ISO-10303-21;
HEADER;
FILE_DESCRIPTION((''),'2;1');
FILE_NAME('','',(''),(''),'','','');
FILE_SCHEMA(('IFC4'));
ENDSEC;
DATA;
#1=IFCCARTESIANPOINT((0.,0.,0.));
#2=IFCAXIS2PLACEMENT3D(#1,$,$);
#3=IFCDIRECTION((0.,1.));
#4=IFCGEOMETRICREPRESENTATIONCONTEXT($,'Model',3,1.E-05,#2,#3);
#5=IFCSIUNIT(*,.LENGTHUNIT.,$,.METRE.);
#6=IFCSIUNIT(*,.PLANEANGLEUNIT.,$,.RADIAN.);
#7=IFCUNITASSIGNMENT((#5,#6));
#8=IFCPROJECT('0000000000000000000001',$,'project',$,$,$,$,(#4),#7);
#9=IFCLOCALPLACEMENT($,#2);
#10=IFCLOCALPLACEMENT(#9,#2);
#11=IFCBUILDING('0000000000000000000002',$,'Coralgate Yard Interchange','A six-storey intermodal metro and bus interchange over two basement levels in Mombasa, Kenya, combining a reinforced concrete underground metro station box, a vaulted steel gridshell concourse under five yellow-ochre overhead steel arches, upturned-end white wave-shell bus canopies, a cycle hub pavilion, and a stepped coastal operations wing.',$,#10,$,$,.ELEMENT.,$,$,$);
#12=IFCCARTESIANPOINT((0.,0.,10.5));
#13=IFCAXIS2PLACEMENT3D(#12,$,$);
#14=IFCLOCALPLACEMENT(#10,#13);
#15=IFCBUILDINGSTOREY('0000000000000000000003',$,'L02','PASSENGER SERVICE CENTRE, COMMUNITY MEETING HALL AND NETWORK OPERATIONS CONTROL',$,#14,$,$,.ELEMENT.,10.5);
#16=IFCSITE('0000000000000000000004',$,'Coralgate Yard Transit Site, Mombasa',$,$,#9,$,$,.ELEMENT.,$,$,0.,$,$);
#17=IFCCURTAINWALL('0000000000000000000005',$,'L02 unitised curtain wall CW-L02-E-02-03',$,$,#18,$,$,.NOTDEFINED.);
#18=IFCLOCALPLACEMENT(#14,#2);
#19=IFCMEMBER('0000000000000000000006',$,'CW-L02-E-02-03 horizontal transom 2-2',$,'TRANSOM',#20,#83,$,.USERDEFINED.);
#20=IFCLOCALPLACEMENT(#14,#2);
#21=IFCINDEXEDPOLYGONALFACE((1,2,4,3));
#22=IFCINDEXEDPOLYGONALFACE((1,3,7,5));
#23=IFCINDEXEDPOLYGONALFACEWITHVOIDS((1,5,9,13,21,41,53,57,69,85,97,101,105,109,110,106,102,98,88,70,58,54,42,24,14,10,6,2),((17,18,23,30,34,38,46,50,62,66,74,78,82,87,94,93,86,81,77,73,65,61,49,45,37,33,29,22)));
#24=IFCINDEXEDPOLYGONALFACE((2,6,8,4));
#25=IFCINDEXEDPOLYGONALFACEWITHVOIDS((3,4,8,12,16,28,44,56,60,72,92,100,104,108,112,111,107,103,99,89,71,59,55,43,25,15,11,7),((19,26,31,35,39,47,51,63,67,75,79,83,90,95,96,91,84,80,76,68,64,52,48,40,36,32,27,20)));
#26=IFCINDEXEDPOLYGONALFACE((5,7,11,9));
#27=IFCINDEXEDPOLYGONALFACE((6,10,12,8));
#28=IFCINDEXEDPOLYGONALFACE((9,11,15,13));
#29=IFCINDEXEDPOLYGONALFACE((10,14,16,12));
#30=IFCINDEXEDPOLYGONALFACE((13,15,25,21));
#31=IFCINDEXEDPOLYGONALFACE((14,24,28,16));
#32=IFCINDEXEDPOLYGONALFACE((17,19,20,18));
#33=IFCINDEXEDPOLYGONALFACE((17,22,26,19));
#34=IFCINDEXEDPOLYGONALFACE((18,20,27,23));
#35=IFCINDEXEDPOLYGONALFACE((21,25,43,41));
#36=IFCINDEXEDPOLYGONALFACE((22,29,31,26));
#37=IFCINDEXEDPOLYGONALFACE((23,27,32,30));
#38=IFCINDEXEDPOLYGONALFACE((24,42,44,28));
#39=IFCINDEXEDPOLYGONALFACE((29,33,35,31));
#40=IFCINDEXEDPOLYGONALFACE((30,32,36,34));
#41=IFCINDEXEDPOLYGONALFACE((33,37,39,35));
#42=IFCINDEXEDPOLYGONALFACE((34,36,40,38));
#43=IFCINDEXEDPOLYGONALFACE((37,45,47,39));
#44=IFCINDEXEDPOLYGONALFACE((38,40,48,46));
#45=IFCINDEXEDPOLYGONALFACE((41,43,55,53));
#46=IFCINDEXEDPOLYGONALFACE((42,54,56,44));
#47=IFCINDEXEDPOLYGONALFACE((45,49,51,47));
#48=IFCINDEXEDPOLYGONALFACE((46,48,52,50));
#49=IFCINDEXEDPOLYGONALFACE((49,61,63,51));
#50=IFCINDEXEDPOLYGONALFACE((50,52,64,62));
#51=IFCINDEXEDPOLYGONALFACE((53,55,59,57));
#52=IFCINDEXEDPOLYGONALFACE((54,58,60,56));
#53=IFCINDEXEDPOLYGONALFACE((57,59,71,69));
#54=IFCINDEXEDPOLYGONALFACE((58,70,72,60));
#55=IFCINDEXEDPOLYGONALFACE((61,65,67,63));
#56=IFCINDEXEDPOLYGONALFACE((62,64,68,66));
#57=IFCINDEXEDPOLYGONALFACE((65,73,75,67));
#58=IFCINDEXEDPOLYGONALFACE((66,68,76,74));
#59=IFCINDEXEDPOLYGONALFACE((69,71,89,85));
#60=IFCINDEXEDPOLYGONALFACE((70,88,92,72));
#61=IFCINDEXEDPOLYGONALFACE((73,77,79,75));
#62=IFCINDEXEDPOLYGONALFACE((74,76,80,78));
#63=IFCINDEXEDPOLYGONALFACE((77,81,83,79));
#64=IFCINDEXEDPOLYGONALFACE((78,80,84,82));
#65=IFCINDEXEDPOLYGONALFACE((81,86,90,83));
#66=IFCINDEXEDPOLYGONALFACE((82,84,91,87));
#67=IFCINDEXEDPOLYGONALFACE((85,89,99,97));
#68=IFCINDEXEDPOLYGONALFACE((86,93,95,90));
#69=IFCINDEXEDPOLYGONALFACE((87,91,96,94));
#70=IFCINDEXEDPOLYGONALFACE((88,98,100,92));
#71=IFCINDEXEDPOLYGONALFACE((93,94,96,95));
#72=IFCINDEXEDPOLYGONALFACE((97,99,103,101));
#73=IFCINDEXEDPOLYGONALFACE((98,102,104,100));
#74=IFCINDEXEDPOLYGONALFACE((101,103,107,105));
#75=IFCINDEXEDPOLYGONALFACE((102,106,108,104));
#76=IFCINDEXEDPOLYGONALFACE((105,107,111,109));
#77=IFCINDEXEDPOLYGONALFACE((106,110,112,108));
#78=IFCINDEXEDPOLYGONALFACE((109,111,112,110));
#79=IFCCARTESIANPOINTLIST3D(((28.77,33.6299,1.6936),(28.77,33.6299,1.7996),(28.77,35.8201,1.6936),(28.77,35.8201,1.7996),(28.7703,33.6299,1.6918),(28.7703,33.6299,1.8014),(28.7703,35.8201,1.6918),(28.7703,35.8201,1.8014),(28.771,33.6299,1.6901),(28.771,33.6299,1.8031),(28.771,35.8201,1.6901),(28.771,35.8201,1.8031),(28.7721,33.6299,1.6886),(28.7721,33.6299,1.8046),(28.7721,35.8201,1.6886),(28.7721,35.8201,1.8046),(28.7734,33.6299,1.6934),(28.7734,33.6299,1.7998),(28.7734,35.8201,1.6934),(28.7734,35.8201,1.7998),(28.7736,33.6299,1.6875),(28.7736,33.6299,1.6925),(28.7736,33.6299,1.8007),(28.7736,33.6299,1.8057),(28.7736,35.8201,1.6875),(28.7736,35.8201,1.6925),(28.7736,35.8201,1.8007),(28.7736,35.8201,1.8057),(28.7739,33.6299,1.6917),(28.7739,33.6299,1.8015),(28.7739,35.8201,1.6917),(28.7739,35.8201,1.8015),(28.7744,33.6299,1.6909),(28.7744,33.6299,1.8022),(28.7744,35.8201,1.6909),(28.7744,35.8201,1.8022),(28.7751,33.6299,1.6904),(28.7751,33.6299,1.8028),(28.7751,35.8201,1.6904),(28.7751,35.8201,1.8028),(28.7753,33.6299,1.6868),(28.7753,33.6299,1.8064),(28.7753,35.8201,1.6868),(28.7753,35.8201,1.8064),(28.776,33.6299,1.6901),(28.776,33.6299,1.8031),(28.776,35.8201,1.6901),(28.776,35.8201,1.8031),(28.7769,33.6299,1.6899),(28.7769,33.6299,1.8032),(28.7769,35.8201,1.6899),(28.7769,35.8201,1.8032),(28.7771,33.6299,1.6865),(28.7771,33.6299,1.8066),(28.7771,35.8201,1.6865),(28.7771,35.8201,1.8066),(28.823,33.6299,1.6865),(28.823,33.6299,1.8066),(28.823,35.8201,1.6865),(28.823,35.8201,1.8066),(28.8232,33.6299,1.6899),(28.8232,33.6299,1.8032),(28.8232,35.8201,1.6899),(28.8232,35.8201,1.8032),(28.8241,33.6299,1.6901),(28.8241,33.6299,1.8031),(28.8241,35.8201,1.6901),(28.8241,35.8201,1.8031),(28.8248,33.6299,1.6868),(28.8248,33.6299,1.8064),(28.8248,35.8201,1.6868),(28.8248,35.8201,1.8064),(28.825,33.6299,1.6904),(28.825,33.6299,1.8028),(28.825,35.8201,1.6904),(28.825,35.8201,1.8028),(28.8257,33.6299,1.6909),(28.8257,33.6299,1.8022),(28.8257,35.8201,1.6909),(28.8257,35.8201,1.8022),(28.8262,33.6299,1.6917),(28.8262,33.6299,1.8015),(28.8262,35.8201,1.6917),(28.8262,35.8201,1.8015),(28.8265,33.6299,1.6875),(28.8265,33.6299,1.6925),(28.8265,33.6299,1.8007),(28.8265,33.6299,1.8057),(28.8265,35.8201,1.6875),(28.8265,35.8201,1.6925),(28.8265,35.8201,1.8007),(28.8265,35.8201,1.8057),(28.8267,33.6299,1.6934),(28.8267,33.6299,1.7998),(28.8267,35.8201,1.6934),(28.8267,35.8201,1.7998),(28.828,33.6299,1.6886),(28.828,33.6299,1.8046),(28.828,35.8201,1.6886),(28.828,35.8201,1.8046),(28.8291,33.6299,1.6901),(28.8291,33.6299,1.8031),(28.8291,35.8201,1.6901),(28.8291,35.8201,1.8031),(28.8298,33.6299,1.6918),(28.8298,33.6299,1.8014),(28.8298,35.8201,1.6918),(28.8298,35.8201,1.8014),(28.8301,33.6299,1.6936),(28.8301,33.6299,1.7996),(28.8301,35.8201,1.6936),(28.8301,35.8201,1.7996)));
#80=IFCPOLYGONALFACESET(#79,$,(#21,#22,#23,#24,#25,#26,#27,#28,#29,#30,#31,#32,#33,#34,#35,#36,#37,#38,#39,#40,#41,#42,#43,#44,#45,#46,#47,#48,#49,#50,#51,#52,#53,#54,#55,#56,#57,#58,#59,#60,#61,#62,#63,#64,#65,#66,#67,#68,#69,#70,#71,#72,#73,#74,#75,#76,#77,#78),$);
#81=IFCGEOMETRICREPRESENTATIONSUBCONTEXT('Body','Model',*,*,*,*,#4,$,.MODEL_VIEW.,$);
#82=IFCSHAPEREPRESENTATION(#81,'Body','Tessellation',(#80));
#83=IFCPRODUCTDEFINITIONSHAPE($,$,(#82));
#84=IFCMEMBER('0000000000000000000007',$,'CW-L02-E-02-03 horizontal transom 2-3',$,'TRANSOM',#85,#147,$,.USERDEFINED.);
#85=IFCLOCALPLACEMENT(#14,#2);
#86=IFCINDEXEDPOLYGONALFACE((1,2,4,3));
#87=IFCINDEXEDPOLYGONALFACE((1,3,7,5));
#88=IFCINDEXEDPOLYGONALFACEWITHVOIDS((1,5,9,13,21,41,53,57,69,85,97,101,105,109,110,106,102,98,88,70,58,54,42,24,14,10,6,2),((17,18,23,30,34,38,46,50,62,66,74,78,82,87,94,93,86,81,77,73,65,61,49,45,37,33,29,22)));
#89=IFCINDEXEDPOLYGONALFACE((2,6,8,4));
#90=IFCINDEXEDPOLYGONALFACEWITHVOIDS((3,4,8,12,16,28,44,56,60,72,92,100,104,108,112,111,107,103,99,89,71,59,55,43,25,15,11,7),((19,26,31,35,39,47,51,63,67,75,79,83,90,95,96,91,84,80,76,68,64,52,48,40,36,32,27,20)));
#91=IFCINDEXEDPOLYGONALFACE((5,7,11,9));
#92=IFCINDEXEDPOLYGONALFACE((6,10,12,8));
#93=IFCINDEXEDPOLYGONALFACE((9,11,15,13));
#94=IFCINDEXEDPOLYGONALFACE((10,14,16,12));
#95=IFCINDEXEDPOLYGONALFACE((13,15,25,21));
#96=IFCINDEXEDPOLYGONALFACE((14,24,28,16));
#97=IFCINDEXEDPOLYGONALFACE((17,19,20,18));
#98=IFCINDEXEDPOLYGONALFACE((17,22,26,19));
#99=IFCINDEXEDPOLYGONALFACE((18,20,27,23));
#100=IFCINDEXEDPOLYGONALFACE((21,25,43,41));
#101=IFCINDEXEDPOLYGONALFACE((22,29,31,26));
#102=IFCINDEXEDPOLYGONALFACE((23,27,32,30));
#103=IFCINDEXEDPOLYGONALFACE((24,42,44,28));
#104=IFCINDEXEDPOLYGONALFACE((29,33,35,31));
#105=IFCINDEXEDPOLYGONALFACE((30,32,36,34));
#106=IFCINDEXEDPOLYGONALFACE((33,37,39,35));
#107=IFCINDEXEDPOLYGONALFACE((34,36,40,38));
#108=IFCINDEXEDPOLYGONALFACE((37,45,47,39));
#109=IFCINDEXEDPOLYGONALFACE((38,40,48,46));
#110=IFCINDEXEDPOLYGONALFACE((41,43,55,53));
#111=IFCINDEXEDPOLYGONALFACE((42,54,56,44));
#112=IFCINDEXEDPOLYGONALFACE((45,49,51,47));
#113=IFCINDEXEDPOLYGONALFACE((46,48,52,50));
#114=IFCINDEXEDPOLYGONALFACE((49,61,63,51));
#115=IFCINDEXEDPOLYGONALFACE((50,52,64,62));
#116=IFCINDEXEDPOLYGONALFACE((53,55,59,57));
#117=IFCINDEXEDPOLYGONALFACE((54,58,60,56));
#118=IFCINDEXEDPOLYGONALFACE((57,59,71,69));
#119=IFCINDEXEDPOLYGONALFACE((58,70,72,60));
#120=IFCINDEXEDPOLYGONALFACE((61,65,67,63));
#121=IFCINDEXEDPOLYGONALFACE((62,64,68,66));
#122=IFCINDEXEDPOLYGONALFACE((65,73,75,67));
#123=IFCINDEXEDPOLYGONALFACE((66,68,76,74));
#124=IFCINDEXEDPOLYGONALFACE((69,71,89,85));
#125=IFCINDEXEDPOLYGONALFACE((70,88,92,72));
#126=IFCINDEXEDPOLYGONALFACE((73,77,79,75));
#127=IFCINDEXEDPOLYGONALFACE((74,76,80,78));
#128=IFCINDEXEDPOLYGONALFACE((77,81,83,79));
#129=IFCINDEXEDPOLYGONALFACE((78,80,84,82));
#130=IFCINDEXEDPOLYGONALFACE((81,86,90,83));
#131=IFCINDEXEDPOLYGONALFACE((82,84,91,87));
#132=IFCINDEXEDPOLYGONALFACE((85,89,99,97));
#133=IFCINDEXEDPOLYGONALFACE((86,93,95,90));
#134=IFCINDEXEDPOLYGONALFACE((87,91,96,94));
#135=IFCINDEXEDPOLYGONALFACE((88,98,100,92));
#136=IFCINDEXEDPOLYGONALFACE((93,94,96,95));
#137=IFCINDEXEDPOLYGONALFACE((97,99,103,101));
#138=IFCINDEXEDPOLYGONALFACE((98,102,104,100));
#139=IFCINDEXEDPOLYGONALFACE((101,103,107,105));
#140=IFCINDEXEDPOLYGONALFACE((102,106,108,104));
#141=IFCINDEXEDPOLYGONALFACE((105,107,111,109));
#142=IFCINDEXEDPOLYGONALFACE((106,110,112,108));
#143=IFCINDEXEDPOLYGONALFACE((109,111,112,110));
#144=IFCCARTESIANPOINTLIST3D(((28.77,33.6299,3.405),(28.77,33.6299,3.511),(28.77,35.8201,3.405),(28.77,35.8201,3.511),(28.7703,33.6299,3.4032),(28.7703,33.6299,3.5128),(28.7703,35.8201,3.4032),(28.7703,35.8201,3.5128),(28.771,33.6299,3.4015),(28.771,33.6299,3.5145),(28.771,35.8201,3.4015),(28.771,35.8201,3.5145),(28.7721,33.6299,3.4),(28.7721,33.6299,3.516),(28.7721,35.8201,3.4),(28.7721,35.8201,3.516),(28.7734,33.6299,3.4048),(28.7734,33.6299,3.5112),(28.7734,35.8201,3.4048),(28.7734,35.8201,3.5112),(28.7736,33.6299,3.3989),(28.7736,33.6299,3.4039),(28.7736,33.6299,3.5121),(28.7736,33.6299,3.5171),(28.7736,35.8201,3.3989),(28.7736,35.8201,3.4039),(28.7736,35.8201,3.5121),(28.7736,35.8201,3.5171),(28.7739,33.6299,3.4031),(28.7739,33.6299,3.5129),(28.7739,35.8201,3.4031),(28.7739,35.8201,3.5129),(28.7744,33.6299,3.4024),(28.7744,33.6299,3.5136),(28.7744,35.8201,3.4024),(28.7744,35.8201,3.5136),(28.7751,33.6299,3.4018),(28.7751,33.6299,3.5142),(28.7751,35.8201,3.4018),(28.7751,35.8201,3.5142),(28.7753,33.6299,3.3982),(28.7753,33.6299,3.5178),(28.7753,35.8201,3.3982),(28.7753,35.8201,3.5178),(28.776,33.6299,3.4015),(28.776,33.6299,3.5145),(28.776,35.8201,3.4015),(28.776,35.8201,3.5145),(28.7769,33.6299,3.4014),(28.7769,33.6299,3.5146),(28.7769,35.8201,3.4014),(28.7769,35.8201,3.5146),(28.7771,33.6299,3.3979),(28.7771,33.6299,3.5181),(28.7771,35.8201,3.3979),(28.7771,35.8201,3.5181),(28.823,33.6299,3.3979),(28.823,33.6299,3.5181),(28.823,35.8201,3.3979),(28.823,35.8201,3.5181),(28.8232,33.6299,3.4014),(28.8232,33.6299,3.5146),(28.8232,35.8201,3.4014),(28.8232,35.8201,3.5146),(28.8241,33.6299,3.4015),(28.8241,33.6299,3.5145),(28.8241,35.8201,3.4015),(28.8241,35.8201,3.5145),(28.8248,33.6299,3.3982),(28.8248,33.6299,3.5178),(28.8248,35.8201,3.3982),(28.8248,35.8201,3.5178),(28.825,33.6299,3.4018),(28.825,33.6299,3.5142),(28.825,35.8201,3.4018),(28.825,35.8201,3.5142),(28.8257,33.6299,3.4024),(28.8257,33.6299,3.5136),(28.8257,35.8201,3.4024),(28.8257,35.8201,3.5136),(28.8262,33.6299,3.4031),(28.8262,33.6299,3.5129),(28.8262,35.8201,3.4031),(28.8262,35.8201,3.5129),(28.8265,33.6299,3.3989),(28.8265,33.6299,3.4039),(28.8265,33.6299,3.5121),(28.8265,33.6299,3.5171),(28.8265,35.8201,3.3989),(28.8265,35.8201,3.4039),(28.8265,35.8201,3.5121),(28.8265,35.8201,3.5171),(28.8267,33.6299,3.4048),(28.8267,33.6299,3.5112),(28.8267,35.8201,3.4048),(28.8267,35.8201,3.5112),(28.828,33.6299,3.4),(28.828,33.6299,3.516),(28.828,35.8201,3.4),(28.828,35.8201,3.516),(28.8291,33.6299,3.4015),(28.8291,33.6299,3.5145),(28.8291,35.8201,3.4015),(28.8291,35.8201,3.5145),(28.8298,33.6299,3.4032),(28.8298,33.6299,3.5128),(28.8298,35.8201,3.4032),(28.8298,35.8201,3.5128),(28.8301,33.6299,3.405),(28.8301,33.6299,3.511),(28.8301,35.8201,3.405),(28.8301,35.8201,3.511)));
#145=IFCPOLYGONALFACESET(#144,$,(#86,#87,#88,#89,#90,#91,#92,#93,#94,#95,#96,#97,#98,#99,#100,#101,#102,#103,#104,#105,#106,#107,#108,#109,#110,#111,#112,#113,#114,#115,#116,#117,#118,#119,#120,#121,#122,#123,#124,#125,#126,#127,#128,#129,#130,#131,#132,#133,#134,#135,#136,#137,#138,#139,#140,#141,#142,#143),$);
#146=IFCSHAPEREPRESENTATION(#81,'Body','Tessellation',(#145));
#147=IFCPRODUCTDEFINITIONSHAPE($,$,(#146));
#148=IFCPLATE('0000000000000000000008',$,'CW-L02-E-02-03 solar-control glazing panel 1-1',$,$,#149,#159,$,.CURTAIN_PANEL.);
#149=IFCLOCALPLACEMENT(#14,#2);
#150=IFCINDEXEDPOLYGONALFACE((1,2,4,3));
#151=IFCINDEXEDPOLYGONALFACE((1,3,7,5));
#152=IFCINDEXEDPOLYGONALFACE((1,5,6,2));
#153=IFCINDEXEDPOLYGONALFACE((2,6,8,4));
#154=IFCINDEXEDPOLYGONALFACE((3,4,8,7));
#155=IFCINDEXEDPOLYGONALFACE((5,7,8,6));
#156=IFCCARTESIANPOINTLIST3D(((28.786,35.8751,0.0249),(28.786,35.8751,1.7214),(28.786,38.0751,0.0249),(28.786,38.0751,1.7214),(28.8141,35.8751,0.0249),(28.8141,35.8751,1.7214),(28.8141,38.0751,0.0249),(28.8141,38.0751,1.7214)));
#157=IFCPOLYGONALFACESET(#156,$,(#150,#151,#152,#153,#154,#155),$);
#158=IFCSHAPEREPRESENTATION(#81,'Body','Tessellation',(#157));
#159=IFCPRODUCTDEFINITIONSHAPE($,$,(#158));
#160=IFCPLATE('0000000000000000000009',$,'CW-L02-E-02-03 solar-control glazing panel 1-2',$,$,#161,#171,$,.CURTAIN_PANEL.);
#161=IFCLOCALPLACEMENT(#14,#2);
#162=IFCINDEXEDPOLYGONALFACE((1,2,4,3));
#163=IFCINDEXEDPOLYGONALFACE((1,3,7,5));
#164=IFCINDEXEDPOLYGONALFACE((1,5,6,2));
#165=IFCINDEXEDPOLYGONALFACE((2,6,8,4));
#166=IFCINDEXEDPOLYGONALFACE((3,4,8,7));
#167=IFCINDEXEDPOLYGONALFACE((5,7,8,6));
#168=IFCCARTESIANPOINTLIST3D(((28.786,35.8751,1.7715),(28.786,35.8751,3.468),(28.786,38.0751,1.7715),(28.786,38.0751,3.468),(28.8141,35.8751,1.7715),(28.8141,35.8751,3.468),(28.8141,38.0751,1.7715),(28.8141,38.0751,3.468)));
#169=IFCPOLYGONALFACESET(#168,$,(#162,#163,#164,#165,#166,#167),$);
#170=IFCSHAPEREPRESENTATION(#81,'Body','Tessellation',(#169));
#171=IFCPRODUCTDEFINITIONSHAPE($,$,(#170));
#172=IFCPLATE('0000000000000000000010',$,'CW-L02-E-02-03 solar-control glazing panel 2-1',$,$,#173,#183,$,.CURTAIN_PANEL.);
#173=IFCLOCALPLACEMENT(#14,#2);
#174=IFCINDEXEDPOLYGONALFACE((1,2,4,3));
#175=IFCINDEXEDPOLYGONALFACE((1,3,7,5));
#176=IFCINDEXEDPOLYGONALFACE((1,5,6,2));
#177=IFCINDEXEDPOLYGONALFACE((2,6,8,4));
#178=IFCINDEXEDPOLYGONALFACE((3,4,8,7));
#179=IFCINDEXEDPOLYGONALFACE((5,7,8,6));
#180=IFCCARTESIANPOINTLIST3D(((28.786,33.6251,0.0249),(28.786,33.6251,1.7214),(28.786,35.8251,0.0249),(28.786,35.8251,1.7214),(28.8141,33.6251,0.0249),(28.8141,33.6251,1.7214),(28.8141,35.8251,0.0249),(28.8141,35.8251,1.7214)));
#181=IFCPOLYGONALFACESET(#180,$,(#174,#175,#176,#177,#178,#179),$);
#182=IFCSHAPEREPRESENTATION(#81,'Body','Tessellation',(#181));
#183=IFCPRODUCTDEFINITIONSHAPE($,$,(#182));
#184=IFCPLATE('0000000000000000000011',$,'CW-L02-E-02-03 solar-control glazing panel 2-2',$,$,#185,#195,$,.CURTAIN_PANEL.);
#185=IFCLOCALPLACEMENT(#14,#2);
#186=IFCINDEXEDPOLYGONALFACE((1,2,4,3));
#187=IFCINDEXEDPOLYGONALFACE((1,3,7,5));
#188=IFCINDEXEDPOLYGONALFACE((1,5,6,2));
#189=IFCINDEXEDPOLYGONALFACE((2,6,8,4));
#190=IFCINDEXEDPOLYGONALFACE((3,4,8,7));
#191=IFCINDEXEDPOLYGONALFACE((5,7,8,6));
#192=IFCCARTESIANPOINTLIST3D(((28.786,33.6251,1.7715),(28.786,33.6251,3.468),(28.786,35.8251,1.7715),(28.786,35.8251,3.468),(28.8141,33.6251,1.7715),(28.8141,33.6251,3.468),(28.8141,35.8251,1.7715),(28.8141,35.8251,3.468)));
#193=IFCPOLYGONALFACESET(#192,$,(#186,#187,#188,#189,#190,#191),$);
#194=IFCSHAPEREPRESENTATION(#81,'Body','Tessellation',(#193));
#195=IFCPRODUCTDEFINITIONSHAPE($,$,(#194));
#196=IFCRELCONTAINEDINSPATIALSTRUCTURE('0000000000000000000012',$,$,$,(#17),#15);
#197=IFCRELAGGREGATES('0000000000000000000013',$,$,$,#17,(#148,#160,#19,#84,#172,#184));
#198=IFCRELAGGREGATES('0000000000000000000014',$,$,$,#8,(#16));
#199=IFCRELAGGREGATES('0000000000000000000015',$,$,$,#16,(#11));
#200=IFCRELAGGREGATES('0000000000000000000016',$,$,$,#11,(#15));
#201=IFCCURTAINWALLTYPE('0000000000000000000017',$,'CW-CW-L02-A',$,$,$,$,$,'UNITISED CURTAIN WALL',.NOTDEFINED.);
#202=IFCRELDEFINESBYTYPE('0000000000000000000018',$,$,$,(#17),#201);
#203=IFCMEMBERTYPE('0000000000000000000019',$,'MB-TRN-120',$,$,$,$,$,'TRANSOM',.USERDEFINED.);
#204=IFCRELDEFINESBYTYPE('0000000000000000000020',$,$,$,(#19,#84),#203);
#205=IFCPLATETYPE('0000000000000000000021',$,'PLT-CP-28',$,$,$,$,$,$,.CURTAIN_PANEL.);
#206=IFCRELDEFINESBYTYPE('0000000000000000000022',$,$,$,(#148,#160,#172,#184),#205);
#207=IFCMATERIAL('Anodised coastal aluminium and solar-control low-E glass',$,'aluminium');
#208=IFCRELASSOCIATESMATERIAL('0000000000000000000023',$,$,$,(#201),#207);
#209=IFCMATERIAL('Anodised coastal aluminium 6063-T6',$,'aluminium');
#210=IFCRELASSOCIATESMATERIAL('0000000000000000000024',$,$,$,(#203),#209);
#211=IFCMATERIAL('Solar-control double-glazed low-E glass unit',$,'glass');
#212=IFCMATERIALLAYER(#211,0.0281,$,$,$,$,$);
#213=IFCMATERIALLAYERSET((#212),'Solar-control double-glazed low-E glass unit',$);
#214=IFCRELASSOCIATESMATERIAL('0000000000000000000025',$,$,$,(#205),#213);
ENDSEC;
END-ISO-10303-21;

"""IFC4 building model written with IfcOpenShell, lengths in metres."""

from ifc_helpers import new_model, si_unit, direction, frame, origin, origin_2d, place, context, subcontext, project, spatial, rectangle, hollow_rectangle, extrude, material, layer, layer_set, material_profile, profile_set, type_object, element, aggregate, save


model = new_model("IFC4")

# Units and contexts
model_context = context("Model", 3, precision=1e-05, world=origin(), true_north=direction((0.0, 1.0)))
body_context = subcontext(model_context, "Body", "Model", "MODEL_VIEW")
ifc_project = project(units=[si_unit("LENGTHUNIT", "METRE"), si_unit("PLANEANGLEUNIT", "RADIAN")], contexts=[model_context])

# Site, building, storey
site_placement = place(None, origin())
site = spatial("IfcSite", under=ifc_project, at=site_placement, Name="Coralgate Yard Transit Site, Mombasa", CompositionType="ELEMENT", RefElevation=0.0)
building_placement = place(site_placement, origin())
building = spatial("IfcBuilding", under=site, at=building_placement, Name="Coralgate Yard Interchange", Description="A six-storey intermodal metro and bus interchange over two basement levels in Mombasa, Kenya, combining a reinforced concrete underground metro station box, a vaulted steel gridshell concourse under five yellow-ochre overhead steel arches, upturned-end white wave-shell bus canopies, a cycle hub pavilion, and a stepped coastal operations wing.", CompositionType="ELEMENT")
storey_placement = place(building_placement, frame((0.0, 0.0, 10.5)))
storey = spatial("IfcBuildingStorey", under=building, at=storey_placement, Name="L02", Description="PASSENGER SERVICE CENTRE, COMMUNITY MEETING HALL AND NETWORK OPERATIONS CONTROL", CompositionType="ELEMENT", Elevation=10.5)

# Curtain wall, members, plates
ifc_material_1 = material(Name="Anodised coastal aluminium and solar-control low-E glass", Category="aluminium")
curtain_wall_type = type_object("IfcCurtainWallType", Name="CW-CW-L02-A", ElementType="UNITISED CURTAIN WALL", PredefinedType="NOTDEFINED", material=ifc_material_1)
curtain_wall_placement = place(storey_placement, origin())
curtain_wall = element("IfcCurtainWall", 1, at=curtain_wall_placement, inside=storey, type_object=curtain_wall_type, Name="L02 unitised curtain wall CW-L02-E-02-03", PredefinedType="NOTDEFINED")
ifc_material_2 = material(Name="Anodised coastal aluminium 6063-T6", Category="aluminium")
ifc_material_profile_1 = material_profile(ifc_material_2, hollow_rectangle(XDim=0.0601, YDim=0.1201, WallThickness=0.0034, InnerFilletRadius=0.0034, OuterFilletRadius=0.0071, at=origin_2d()), Name="ALU 60x120x3.5")
ifc_profile_set_1 = profile_set([ifc_material_profile_1], Name="Anodised coastal aluminium 6063-T6")
member_type_1 = type_object("IfcMemberType", Name="MB-TRN-120", ElementType="TRANSOM", PredefinedType="USERDEFINED", material=ifc_profile_set_1)
member_1_placement = place(storey_placement, frame((28.8, 35.8201, 1.7466), z_axis=(0.0, -1.0, 0.0), x_axis=(1.0, 0.0, 0.0)))
member_1 = element("IfcMember", 2, at=member_1_placement, type_object=member_type_1, Name="CW-L02-E-02-03 horizontal transom 2-2", ObjectType="TRANSOM", PredefinedType="USERDEFINED", context=body_context, shape_type="SweptSolid", body=[
    extrude(hollow_rectangle(XDim=0.0601, YDim=0.1201, WallThickness=0.0034, InnerFilletRadius=0.0034, OuterFilletRadius=0.0071, at=origin_2d()), origin(), (0.0, 0.0, 1.0), 2.1902),
])
member_2_placement = place(storey_placement, frame((28.8, 35.8201, 3.458), z_axis=(0.0, -1.0, 0.0), x_axis=(1.0, 0.0, 0.0)))
member_2 = element("IfcMember", 3, at=member_2_placement, type_object=member_type_1, Name="CW-L02-E-02-03 horizontal transom 2-3", ObjectType="TRANSOM", PredefinedType="USERDEFINED", context=body_context, shape_type="SweptSolid", body=[
    extrude(hollow_rectangle(XDim=0.0601, YDim=0.1201, WallThickness=0.0034, InnerFilletRadius=0.0034, OuterFilletRadius=0.0071, at=origin_2d()), origin(), (0.0, 0.0, 1.0), 2.1902),
])
ifc_material_3 = material(Name="Solar-control double-glazed low-E glass unit", Category="glass")
ifc_layer_1 = layer(ifc_material_3, 0.0281)
ifc_layer_set_1 = layer_set([ifc_layer_1], Name="Solar-control double-glazed low-E glass unit")
plate_type = type_object("IfcPlateType", Name="PLT-CP-28", PredefinedType="CURTAIN_PANEL", material=ifc_layer_set_1)
plate_1_placement = place(storey_placement, frame((28.8, 36.9751, 0.0249), z_axis=(0.0, 0.0, 1.0), x_axis=(0.0, -1.0, 0.0)))
plate_1 = element("IfcPlate", 4, at=plate_1_placement, type_object=plate_type, Name="CW-L02-E-02-03 solar-control glazing panel 1-1", PredefinedType="CURTAIN_PANEL", context=body_context, shape_type="SweptSolid", body=[
    extrude(rectangle(XDim=2.2, YDim=0.0281, at=origin_2d()), origin(), (0.0, 0.0, 1.0), 1.6965),
])
plate_2_placement = place(storey_placement, frame((28.8, 36.9751, 1.7715), z_axis=(0.0, 0.0, 1.0), x_axis=(0.0, -1.0, 0.0)))
plate_2 = element("IfcPlate", 5, at=plate_2_placement, type_object=plate_type, Name="CW-L02-E-02-03 solar-control glazing panel 1-2", PredefinedType="CURTAIN_PANEL", context=body_context, shape_type="SweptSolid", body=[
    extrude(rectangle(XDim=2.2, YDim=0.0281, at=origin_2d()), origin(), (0.0, 0.0, 1.0), 1.6965),
])
plate_3_placement = place(storey_placement, frame((28.8, 34.7251, 0.0249), z_axis=(0.0, 0.0, 1.0), x_axis=(0.0, -1.0, 0.0)))
plate_3 = element("IfcPlate", 6, at=plate_3_placement, type_object=plate_type, Name="CW-L02-E-02-03 solar-control glazing panel 2-1", PredefinedType="CURTAIN_PANEL", context=body_context, shape_type="SweptSolid", body=[
    extrude(rectangle(XDim=2.2, YDim=0.0281, at=origin_2d()), origin(), (0.0, 0.0, 1.0), 1.6965),
])
plate_4_placement = place(storey_placement, frame((28.8, 34.7251, 1.7715), z_axis=(0.0, 0.0, 1.0), x_axis=(0.0, -1.0, 0.0)))
plate_4 = element("IfcPlate", 7, at=plate_4_placement, type_object=plate_type, Name="CW-L02-E-02-03 solar-control glazing panel 2-2", PredefinedType="CURTAIN_PANEL", context=body_context, shape_type="SweptSolid", body=[
    extrude(rectangle(XDim=2.2, YDim=0.0281, at=origin_2d()), origin(), (0.0, 0.0, 1.0), 1.6965),
])
aggregate(curtain_wall, [plate_1, plate_2, member_1, member_2, plate_3, plate_4])

save(model, "model.ifc")
